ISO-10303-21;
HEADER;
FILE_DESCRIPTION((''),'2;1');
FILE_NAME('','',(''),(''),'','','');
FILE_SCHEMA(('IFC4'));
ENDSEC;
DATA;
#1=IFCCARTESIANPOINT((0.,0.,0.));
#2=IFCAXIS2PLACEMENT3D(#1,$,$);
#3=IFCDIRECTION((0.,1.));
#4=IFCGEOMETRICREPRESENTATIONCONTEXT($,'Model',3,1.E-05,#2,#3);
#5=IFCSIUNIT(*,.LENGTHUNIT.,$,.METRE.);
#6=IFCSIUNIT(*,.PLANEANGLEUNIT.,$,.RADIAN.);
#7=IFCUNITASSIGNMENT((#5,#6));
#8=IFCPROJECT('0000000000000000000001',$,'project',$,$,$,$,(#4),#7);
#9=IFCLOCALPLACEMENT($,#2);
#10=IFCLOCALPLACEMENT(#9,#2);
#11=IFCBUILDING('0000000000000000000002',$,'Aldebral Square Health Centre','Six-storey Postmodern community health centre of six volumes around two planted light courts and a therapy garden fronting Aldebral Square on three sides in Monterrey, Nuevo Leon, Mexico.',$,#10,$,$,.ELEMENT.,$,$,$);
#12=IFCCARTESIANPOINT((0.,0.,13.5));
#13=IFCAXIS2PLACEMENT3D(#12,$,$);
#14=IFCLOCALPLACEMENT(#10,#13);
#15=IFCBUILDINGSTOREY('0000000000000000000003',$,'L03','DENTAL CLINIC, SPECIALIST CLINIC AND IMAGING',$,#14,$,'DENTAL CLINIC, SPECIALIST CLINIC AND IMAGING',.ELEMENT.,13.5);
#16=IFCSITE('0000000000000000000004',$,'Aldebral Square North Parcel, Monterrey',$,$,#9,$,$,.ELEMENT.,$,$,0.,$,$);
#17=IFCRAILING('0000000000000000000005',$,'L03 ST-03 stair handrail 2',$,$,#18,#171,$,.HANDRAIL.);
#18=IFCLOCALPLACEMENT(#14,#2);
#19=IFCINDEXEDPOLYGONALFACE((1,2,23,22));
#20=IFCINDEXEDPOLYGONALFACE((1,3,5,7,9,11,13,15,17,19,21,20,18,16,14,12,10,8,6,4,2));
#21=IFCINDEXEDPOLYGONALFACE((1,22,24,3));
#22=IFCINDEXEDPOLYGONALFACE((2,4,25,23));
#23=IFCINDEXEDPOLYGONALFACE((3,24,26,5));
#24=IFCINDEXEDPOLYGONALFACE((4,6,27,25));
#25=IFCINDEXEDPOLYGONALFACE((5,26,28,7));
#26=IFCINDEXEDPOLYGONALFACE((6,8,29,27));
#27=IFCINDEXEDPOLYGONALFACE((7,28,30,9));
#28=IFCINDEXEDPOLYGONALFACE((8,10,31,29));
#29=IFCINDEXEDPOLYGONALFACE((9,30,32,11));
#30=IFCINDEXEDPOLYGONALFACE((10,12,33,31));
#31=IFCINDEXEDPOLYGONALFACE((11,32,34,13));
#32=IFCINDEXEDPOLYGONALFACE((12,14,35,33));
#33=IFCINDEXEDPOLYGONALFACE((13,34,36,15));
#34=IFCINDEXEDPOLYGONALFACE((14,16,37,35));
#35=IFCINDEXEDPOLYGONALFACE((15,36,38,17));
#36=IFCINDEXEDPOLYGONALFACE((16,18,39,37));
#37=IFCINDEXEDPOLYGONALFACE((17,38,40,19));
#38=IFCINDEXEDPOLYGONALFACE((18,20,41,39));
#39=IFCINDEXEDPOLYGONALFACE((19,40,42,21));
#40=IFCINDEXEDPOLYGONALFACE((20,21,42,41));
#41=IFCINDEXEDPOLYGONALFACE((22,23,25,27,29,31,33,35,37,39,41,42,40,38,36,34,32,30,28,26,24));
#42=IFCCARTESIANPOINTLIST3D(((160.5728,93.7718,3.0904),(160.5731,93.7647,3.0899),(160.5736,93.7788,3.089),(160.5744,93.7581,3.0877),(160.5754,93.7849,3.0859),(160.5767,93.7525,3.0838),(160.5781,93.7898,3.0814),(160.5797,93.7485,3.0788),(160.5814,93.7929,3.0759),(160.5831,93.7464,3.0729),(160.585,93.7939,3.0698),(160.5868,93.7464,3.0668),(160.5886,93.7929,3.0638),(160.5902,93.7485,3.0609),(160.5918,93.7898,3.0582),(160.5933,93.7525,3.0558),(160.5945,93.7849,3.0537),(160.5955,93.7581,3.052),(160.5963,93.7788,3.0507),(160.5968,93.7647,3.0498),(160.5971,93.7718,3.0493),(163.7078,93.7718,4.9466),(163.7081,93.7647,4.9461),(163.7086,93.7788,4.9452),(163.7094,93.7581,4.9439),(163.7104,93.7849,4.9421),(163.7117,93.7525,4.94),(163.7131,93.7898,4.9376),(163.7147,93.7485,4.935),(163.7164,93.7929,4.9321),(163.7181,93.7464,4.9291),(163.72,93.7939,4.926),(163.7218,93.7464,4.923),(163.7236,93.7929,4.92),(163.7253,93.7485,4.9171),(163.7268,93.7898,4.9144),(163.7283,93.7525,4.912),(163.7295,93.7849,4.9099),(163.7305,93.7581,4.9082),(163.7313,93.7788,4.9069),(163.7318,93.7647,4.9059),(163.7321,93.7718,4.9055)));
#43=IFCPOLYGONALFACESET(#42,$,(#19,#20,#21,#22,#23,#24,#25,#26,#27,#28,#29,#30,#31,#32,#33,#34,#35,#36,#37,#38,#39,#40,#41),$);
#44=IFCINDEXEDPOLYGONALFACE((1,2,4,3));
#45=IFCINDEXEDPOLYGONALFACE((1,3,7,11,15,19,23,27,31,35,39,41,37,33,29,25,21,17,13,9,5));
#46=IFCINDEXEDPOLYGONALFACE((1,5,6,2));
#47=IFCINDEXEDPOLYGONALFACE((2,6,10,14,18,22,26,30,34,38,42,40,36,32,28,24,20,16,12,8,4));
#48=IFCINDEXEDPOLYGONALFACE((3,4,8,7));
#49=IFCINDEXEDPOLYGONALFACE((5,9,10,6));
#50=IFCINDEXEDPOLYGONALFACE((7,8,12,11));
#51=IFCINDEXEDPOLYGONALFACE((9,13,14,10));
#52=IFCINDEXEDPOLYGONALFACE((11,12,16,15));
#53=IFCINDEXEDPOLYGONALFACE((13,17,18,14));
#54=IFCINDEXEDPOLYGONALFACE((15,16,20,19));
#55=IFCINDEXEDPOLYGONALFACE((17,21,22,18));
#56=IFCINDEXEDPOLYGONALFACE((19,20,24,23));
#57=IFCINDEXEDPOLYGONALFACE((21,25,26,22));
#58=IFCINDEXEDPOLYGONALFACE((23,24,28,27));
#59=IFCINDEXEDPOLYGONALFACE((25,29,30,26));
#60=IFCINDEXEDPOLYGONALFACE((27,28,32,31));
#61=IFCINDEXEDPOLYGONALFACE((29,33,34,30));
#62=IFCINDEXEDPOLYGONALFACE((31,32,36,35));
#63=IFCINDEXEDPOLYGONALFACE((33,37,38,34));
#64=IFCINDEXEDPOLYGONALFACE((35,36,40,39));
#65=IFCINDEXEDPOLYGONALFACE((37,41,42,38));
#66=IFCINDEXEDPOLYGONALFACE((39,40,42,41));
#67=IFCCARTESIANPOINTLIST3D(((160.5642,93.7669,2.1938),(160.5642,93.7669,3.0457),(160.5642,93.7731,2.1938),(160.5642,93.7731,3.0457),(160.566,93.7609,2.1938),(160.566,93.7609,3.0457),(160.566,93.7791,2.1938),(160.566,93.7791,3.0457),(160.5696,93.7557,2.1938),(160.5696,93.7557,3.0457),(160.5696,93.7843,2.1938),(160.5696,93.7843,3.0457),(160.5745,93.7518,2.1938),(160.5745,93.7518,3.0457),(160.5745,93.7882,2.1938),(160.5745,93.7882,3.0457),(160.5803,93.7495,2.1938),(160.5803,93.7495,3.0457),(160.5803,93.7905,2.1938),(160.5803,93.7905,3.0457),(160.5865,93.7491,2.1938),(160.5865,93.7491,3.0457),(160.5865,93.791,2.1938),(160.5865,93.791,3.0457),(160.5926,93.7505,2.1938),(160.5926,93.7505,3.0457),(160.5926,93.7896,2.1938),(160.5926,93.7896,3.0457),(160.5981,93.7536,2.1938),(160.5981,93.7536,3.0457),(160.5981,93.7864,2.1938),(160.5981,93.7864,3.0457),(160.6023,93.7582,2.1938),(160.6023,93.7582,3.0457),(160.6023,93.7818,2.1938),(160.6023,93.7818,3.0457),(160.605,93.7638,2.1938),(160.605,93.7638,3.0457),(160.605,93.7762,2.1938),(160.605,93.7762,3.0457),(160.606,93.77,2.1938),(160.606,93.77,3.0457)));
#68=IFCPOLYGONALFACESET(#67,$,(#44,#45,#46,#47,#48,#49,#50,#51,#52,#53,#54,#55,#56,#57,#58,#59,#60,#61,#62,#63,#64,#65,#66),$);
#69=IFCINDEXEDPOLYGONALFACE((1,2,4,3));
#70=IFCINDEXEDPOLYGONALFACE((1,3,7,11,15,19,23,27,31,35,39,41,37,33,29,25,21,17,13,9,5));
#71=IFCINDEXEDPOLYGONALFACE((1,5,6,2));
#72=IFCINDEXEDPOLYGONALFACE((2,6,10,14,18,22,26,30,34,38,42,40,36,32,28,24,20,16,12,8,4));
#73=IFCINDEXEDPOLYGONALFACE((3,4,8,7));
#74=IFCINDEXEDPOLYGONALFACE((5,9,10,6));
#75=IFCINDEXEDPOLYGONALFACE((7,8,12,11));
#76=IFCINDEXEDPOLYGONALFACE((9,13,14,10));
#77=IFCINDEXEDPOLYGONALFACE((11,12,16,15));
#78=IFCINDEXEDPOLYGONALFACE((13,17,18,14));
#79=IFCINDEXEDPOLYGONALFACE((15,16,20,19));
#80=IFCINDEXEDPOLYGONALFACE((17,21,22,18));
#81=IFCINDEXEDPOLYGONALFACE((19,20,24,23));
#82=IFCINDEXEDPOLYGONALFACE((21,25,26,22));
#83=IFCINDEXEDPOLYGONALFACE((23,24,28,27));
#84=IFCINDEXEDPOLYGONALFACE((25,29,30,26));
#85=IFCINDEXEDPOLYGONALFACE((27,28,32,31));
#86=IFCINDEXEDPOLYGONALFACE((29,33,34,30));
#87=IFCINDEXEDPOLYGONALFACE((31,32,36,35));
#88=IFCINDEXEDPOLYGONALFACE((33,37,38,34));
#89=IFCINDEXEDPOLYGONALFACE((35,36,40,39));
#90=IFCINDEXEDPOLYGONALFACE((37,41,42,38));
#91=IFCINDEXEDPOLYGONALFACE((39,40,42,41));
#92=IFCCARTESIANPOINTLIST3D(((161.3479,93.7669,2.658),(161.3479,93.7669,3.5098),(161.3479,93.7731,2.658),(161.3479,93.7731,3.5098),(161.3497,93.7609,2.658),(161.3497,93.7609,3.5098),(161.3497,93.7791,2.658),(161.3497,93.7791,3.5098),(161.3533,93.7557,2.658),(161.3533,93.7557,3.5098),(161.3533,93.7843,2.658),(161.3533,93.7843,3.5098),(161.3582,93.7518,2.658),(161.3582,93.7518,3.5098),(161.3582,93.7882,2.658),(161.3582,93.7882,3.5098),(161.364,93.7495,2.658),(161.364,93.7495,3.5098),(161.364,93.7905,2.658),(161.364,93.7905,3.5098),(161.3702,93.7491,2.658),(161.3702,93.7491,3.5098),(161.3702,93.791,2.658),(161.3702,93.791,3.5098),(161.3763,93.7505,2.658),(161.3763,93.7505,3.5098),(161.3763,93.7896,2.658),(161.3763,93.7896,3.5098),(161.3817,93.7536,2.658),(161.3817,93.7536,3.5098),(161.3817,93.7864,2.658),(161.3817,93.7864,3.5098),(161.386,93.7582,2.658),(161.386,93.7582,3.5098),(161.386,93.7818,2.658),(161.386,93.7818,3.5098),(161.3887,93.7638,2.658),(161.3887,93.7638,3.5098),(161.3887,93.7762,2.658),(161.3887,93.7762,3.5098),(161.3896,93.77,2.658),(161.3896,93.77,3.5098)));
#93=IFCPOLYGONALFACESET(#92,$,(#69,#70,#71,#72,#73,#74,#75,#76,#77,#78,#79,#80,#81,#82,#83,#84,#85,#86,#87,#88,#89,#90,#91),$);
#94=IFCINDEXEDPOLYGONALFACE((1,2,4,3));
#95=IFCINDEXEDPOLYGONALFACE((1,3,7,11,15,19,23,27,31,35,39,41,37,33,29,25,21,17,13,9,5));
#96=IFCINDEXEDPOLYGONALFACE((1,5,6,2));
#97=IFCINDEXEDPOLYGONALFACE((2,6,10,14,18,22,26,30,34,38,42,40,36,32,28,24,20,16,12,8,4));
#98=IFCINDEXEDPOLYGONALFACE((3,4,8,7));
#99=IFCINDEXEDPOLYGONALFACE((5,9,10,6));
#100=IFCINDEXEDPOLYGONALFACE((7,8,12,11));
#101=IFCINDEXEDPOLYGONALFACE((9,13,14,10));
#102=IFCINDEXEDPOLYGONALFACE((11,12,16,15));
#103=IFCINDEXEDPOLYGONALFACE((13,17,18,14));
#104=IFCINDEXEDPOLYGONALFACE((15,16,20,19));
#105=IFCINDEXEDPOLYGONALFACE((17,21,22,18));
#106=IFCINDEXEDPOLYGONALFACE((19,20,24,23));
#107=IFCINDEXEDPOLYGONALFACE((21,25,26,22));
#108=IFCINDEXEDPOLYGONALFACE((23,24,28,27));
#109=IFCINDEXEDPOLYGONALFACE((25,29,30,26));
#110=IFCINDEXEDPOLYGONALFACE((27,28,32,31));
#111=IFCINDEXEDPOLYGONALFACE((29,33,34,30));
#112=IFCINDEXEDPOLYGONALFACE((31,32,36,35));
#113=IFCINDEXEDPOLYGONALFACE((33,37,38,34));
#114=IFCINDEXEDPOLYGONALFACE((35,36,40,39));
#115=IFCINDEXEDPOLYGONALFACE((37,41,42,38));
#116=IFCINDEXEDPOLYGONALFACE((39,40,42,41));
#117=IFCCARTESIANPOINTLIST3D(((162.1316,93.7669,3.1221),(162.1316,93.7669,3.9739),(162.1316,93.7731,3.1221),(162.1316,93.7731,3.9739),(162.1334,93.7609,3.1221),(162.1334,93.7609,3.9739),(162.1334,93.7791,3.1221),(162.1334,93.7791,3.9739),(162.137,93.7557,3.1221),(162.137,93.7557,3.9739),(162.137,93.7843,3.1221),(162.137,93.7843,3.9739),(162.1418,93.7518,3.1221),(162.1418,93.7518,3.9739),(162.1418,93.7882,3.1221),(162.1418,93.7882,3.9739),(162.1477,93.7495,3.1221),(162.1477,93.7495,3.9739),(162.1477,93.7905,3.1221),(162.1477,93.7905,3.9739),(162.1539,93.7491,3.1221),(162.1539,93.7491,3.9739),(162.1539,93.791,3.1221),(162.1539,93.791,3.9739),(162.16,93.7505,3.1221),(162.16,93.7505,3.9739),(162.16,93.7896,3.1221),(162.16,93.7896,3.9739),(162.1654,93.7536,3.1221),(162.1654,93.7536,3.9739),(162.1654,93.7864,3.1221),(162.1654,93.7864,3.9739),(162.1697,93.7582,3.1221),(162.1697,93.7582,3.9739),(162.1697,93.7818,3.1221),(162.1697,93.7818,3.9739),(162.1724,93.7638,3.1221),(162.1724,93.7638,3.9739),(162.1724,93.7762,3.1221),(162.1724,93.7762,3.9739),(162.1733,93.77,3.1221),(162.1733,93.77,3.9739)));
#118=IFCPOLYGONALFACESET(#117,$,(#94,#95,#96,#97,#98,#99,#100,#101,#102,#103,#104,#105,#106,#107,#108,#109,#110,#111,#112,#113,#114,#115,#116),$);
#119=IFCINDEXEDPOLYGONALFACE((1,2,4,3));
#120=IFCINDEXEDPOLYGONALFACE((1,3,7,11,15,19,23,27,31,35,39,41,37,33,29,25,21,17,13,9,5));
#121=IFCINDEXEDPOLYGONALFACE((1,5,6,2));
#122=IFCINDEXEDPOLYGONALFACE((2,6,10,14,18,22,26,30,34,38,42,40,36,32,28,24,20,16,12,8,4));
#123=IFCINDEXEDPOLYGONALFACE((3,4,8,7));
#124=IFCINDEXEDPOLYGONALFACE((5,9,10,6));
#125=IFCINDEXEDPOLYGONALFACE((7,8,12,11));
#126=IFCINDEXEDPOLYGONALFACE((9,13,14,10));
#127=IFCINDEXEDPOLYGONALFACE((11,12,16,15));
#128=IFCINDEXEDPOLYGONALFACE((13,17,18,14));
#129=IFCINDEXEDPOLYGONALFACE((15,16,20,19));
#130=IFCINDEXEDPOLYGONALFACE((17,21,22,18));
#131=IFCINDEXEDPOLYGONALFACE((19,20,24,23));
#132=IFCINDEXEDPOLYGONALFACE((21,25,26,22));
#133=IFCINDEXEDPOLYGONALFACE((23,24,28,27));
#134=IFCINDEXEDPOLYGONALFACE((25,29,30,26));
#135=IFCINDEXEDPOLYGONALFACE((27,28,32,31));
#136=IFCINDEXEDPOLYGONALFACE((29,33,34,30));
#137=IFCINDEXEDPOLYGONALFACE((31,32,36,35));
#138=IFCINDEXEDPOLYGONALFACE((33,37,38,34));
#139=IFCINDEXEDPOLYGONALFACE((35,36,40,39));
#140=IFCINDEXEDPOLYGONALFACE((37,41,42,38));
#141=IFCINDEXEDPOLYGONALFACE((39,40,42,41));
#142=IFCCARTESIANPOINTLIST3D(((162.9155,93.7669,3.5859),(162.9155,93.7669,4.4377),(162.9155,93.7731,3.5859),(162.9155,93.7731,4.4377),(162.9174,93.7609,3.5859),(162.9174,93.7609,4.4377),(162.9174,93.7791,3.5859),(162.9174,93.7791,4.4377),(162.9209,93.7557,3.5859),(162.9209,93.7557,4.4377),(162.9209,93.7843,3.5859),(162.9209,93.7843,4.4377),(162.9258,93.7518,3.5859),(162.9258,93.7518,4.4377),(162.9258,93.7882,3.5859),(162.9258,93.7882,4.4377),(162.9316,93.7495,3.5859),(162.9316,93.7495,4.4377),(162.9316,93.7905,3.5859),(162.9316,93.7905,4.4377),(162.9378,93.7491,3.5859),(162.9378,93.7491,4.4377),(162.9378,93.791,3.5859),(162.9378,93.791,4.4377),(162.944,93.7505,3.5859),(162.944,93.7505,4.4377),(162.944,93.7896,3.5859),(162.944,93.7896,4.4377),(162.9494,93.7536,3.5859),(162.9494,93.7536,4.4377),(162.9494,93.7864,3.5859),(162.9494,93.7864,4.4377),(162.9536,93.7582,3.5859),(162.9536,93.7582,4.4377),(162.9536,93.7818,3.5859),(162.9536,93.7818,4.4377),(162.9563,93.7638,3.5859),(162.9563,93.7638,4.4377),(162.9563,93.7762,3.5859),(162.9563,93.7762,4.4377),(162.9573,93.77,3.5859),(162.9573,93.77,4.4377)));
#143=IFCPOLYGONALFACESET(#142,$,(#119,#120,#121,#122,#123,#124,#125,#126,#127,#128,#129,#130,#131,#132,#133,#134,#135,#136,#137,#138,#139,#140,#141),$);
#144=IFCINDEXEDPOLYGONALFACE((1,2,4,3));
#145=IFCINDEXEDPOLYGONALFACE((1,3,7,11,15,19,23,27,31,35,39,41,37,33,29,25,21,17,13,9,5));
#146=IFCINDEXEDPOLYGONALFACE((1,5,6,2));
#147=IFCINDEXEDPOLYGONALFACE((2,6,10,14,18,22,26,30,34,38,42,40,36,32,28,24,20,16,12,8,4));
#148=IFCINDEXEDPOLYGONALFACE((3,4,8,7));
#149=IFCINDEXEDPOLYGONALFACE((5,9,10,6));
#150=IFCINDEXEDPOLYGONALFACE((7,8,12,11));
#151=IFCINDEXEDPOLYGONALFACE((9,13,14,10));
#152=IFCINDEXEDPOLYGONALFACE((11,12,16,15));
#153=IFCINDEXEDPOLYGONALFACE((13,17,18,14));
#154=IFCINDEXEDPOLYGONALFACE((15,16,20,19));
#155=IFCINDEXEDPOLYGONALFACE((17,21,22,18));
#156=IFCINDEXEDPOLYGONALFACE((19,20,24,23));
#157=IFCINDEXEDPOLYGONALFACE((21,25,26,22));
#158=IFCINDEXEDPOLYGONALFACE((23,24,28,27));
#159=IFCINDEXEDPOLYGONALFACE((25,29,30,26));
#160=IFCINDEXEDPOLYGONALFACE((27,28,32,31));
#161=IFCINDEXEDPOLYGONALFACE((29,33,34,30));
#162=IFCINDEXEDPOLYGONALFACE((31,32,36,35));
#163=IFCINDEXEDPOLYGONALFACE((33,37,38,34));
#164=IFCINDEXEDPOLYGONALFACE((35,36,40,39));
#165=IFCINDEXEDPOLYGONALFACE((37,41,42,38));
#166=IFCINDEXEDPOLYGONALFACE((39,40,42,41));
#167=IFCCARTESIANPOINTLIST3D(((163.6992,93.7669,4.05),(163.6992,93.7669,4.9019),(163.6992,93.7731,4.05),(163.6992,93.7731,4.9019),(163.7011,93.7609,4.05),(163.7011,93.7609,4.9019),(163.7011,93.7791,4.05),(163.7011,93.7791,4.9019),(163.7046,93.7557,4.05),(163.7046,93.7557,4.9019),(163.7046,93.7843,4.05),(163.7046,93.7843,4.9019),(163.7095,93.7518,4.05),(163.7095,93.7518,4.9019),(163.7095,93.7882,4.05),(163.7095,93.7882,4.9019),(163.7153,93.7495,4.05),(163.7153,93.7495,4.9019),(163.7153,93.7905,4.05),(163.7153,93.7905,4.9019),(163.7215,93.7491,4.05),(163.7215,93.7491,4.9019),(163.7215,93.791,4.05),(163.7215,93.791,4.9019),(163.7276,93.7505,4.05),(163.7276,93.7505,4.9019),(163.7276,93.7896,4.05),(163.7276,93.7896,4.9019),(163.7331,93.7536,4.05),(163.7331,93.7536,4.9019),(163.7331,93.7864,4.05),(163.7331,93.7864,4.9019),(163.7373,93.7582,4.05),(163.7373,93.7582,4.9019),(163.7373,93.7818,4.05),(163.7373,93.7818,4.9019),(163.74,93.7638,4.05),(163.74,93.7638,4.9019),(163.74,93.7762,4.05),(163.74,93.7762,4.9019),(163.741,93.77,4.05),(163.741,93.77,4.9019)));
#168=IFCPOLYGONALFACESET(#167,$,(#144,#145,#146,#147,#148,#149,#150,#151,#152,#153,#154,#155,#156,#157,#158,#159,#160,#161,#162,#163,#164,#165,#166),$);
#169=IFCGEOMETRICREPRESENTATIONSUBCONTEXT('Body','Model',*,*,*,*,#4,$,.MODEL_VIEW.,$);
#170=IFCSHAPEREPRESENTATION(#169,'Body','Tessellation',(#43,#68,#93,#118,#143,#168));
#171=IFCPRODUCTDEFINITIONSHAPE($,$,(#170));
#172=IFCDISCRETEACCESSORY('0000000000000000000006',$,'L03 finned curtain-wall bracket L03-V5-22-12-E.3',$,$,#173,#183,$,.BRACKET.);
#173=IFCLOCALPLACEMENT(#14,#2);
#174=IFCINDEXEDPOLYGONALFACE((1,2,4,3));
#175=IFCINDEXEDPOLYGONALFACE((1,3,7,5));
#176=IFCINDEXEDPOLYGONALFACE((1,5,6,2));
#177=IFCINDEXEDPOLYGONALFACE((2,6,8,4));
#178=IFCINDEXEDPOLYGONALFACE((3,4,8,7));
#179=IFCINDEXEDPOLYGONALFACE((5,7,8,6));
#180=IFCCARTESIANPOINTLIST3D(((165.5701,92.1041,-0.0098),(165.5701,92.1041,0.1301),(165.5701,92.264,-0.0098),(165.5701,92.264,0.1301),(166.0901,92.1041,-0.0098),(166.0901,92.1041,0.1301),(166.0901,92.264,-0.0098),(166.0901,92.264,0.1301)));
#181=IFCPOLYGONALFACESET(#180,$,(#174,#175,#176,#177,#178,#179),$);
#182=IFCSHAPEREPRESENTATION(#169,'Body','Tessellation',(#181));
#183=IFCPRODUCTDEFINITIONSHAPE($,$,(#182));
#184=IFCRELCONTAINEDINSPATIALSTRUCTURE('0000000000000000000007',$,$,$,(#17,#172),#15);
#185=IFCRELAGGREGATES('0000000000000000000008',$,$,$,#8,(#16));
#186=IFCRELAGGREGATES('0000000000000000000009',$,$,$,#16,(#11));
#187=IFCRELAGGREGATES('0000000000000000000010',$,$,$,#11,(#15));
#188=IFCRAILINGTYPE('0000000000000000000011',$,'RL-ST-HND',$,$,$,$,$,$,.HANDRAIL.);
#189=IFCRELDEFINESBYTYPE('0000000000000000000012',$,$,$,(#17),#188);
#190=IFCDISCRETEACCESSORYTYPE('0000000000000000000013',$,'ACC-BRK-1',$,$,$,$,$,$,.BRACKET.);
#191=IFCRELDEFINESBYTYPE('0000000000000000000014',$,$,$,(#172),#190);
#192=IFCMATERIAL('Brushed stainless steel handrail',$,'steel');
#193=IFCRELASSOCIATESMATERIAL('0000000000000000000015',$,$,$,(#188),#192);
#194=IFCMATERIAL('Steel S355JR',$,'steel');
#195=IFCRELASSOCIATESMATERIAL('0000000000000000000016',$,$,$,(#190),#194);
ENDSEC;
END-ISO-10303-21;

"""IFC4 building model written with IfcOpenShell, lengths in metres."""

from ifc_helpers import new_model, si_unit, direction, frame, origin, origin_2d, place, context, subcontext, project, spatial, rectangle, circle, extrude, material, type_object, element, save


model = new_model("IFC4")

# Units and contexts
model_context = context("Model", 3, precision=1e-05, world=origin(), true_north=direction((0.0, 1.0)))
body_context = subcontext(model_context, "Body", "Model", "MODEL_VIEW")
ifc_project = project(units=[si_unit("LENGTHUNIT", "METRE"), si_unit("PLANEANGLEUNIT", "RADIAN")], contexts=[model_context])

# Site, building, storey
site_placement = place(None, origin())
site = spatial("IfcSite", under=ifc_project, at=site_placement, Name="Aldebral Square North Parcel, Monterrey", CompositionType="ELEMENT", RefElevation=0.0)
building_placement = place(site_placement, origin())
building = spatial("IfcBuilding", under=site, at=building_placement, Name="Aldebral Square Health Centre", Description="Six-storey Postmodern community health centre of six volumes around two planted light courts and a therapy garden fronting Aldebral Square on three sides in Monterrey, Nuevo Leon, Mexico.", CompositionType="ELEMENT")
storey_placement = place(building_placement, frame((0.0, 0.0, 13.5)))
storey = spatial("IfcBuildingStorey", under=building, at=storey_placement, Name="L03", Description="DENTAL CLINIC, SPECIALIST CLINIC AND IMAGING", LongName="DENTAL CLINIC, SPECIALIST CLINIC AND IMAGING", CompositionType="ELEMENT", Elevation=13.5)

# Railing
ifc_material_1 = material(Name="Brushed stainless steel handrail", Category="steel")
railing_type_1 = type_object("IfcRailingType", Name="RL-ST-HND", PredefinedType="HANDRAIL", material=ifc_material_1)
railing_1_placement = place(storey_placement, frame((160.585, 93.77, 2.1938)))
element("IfcRailing", 1, at=railing_1_placement, inside=storey, type_object=railing_type_1, Name="L03 ST-03 stair handrail 2", PredefinedType="HANDRAIL", context=body_context, shape_type="SweptSolid", body=[
    extrude(circle(Radius=0.0239, at=origin_2d()), frame((0.0, 0.0, 0.876), z_axis=(0.860482, 0.0, 0.509481), x_axis=(0.0, 1.0, 0.0)), (0.0, 0.0, 1.0), 3.6433),
    extrude(circle(Radius=0.021, at=origin_2d()), origin(), (0.0, 0.0, 1.0), 0.8518),
    extrude(circle(Radius=0.021, at=origin_2d()), frame((0.7837, 0.0, 0.4641)), (0.0, 0.0, 1.0), 0.8518),
    extrude(circle(Radius=0.021, at=origin_2d()), frame((1.5674, 0.0, 0.9282)), (0.0, 0.0, 1.0), 0.8518),
    extrude(circle(Radius=0.021, at=origin_2d()), frame((2.3513, 0.0, 1.3921)), (0.0, 0.0, 1.0), 0.8518),
    extrude(circle(Radius=0.021, at=origin_2d()), frame((3.135, 0.0, 1.8562)), (0.0, 0.0, 1.0), 0.8518),
])

# Discrete accessory
ifc_material_2 = material(Name="Steel S355JR", Category="steel")
discrete_accessory_type = type_object("IfcDiscreteAccessoryType", Name="ACC-BRK-1", PredefinedType="BRACKET", material=ifc_material_2)
discrete_accessory_placement = place(storey_placement, frame((165.8301, 92.1841, -0.0098), z_axis=(0.0, 0.0, 1.0), x_axis=(0.0, 1.0, 0.0)))
element("IfcDiscreteAccessory", 2, at=discrete_accessory_placement, inside=storey, type_object=discrete_accessory_type, Name="L03 finned curtain-wall bracket L03-V5-22-12-E.3", PredefinedType="BRACKET", context=body_context, shape_type="SweptSolid", body=[
    extrude(rectangle(XDim=0.1599, YDim=0.52, at=origin_2d()), origin(), (0.0, 0.0, 1.0), 0.1399),
])

save(model, "model.ifc")
